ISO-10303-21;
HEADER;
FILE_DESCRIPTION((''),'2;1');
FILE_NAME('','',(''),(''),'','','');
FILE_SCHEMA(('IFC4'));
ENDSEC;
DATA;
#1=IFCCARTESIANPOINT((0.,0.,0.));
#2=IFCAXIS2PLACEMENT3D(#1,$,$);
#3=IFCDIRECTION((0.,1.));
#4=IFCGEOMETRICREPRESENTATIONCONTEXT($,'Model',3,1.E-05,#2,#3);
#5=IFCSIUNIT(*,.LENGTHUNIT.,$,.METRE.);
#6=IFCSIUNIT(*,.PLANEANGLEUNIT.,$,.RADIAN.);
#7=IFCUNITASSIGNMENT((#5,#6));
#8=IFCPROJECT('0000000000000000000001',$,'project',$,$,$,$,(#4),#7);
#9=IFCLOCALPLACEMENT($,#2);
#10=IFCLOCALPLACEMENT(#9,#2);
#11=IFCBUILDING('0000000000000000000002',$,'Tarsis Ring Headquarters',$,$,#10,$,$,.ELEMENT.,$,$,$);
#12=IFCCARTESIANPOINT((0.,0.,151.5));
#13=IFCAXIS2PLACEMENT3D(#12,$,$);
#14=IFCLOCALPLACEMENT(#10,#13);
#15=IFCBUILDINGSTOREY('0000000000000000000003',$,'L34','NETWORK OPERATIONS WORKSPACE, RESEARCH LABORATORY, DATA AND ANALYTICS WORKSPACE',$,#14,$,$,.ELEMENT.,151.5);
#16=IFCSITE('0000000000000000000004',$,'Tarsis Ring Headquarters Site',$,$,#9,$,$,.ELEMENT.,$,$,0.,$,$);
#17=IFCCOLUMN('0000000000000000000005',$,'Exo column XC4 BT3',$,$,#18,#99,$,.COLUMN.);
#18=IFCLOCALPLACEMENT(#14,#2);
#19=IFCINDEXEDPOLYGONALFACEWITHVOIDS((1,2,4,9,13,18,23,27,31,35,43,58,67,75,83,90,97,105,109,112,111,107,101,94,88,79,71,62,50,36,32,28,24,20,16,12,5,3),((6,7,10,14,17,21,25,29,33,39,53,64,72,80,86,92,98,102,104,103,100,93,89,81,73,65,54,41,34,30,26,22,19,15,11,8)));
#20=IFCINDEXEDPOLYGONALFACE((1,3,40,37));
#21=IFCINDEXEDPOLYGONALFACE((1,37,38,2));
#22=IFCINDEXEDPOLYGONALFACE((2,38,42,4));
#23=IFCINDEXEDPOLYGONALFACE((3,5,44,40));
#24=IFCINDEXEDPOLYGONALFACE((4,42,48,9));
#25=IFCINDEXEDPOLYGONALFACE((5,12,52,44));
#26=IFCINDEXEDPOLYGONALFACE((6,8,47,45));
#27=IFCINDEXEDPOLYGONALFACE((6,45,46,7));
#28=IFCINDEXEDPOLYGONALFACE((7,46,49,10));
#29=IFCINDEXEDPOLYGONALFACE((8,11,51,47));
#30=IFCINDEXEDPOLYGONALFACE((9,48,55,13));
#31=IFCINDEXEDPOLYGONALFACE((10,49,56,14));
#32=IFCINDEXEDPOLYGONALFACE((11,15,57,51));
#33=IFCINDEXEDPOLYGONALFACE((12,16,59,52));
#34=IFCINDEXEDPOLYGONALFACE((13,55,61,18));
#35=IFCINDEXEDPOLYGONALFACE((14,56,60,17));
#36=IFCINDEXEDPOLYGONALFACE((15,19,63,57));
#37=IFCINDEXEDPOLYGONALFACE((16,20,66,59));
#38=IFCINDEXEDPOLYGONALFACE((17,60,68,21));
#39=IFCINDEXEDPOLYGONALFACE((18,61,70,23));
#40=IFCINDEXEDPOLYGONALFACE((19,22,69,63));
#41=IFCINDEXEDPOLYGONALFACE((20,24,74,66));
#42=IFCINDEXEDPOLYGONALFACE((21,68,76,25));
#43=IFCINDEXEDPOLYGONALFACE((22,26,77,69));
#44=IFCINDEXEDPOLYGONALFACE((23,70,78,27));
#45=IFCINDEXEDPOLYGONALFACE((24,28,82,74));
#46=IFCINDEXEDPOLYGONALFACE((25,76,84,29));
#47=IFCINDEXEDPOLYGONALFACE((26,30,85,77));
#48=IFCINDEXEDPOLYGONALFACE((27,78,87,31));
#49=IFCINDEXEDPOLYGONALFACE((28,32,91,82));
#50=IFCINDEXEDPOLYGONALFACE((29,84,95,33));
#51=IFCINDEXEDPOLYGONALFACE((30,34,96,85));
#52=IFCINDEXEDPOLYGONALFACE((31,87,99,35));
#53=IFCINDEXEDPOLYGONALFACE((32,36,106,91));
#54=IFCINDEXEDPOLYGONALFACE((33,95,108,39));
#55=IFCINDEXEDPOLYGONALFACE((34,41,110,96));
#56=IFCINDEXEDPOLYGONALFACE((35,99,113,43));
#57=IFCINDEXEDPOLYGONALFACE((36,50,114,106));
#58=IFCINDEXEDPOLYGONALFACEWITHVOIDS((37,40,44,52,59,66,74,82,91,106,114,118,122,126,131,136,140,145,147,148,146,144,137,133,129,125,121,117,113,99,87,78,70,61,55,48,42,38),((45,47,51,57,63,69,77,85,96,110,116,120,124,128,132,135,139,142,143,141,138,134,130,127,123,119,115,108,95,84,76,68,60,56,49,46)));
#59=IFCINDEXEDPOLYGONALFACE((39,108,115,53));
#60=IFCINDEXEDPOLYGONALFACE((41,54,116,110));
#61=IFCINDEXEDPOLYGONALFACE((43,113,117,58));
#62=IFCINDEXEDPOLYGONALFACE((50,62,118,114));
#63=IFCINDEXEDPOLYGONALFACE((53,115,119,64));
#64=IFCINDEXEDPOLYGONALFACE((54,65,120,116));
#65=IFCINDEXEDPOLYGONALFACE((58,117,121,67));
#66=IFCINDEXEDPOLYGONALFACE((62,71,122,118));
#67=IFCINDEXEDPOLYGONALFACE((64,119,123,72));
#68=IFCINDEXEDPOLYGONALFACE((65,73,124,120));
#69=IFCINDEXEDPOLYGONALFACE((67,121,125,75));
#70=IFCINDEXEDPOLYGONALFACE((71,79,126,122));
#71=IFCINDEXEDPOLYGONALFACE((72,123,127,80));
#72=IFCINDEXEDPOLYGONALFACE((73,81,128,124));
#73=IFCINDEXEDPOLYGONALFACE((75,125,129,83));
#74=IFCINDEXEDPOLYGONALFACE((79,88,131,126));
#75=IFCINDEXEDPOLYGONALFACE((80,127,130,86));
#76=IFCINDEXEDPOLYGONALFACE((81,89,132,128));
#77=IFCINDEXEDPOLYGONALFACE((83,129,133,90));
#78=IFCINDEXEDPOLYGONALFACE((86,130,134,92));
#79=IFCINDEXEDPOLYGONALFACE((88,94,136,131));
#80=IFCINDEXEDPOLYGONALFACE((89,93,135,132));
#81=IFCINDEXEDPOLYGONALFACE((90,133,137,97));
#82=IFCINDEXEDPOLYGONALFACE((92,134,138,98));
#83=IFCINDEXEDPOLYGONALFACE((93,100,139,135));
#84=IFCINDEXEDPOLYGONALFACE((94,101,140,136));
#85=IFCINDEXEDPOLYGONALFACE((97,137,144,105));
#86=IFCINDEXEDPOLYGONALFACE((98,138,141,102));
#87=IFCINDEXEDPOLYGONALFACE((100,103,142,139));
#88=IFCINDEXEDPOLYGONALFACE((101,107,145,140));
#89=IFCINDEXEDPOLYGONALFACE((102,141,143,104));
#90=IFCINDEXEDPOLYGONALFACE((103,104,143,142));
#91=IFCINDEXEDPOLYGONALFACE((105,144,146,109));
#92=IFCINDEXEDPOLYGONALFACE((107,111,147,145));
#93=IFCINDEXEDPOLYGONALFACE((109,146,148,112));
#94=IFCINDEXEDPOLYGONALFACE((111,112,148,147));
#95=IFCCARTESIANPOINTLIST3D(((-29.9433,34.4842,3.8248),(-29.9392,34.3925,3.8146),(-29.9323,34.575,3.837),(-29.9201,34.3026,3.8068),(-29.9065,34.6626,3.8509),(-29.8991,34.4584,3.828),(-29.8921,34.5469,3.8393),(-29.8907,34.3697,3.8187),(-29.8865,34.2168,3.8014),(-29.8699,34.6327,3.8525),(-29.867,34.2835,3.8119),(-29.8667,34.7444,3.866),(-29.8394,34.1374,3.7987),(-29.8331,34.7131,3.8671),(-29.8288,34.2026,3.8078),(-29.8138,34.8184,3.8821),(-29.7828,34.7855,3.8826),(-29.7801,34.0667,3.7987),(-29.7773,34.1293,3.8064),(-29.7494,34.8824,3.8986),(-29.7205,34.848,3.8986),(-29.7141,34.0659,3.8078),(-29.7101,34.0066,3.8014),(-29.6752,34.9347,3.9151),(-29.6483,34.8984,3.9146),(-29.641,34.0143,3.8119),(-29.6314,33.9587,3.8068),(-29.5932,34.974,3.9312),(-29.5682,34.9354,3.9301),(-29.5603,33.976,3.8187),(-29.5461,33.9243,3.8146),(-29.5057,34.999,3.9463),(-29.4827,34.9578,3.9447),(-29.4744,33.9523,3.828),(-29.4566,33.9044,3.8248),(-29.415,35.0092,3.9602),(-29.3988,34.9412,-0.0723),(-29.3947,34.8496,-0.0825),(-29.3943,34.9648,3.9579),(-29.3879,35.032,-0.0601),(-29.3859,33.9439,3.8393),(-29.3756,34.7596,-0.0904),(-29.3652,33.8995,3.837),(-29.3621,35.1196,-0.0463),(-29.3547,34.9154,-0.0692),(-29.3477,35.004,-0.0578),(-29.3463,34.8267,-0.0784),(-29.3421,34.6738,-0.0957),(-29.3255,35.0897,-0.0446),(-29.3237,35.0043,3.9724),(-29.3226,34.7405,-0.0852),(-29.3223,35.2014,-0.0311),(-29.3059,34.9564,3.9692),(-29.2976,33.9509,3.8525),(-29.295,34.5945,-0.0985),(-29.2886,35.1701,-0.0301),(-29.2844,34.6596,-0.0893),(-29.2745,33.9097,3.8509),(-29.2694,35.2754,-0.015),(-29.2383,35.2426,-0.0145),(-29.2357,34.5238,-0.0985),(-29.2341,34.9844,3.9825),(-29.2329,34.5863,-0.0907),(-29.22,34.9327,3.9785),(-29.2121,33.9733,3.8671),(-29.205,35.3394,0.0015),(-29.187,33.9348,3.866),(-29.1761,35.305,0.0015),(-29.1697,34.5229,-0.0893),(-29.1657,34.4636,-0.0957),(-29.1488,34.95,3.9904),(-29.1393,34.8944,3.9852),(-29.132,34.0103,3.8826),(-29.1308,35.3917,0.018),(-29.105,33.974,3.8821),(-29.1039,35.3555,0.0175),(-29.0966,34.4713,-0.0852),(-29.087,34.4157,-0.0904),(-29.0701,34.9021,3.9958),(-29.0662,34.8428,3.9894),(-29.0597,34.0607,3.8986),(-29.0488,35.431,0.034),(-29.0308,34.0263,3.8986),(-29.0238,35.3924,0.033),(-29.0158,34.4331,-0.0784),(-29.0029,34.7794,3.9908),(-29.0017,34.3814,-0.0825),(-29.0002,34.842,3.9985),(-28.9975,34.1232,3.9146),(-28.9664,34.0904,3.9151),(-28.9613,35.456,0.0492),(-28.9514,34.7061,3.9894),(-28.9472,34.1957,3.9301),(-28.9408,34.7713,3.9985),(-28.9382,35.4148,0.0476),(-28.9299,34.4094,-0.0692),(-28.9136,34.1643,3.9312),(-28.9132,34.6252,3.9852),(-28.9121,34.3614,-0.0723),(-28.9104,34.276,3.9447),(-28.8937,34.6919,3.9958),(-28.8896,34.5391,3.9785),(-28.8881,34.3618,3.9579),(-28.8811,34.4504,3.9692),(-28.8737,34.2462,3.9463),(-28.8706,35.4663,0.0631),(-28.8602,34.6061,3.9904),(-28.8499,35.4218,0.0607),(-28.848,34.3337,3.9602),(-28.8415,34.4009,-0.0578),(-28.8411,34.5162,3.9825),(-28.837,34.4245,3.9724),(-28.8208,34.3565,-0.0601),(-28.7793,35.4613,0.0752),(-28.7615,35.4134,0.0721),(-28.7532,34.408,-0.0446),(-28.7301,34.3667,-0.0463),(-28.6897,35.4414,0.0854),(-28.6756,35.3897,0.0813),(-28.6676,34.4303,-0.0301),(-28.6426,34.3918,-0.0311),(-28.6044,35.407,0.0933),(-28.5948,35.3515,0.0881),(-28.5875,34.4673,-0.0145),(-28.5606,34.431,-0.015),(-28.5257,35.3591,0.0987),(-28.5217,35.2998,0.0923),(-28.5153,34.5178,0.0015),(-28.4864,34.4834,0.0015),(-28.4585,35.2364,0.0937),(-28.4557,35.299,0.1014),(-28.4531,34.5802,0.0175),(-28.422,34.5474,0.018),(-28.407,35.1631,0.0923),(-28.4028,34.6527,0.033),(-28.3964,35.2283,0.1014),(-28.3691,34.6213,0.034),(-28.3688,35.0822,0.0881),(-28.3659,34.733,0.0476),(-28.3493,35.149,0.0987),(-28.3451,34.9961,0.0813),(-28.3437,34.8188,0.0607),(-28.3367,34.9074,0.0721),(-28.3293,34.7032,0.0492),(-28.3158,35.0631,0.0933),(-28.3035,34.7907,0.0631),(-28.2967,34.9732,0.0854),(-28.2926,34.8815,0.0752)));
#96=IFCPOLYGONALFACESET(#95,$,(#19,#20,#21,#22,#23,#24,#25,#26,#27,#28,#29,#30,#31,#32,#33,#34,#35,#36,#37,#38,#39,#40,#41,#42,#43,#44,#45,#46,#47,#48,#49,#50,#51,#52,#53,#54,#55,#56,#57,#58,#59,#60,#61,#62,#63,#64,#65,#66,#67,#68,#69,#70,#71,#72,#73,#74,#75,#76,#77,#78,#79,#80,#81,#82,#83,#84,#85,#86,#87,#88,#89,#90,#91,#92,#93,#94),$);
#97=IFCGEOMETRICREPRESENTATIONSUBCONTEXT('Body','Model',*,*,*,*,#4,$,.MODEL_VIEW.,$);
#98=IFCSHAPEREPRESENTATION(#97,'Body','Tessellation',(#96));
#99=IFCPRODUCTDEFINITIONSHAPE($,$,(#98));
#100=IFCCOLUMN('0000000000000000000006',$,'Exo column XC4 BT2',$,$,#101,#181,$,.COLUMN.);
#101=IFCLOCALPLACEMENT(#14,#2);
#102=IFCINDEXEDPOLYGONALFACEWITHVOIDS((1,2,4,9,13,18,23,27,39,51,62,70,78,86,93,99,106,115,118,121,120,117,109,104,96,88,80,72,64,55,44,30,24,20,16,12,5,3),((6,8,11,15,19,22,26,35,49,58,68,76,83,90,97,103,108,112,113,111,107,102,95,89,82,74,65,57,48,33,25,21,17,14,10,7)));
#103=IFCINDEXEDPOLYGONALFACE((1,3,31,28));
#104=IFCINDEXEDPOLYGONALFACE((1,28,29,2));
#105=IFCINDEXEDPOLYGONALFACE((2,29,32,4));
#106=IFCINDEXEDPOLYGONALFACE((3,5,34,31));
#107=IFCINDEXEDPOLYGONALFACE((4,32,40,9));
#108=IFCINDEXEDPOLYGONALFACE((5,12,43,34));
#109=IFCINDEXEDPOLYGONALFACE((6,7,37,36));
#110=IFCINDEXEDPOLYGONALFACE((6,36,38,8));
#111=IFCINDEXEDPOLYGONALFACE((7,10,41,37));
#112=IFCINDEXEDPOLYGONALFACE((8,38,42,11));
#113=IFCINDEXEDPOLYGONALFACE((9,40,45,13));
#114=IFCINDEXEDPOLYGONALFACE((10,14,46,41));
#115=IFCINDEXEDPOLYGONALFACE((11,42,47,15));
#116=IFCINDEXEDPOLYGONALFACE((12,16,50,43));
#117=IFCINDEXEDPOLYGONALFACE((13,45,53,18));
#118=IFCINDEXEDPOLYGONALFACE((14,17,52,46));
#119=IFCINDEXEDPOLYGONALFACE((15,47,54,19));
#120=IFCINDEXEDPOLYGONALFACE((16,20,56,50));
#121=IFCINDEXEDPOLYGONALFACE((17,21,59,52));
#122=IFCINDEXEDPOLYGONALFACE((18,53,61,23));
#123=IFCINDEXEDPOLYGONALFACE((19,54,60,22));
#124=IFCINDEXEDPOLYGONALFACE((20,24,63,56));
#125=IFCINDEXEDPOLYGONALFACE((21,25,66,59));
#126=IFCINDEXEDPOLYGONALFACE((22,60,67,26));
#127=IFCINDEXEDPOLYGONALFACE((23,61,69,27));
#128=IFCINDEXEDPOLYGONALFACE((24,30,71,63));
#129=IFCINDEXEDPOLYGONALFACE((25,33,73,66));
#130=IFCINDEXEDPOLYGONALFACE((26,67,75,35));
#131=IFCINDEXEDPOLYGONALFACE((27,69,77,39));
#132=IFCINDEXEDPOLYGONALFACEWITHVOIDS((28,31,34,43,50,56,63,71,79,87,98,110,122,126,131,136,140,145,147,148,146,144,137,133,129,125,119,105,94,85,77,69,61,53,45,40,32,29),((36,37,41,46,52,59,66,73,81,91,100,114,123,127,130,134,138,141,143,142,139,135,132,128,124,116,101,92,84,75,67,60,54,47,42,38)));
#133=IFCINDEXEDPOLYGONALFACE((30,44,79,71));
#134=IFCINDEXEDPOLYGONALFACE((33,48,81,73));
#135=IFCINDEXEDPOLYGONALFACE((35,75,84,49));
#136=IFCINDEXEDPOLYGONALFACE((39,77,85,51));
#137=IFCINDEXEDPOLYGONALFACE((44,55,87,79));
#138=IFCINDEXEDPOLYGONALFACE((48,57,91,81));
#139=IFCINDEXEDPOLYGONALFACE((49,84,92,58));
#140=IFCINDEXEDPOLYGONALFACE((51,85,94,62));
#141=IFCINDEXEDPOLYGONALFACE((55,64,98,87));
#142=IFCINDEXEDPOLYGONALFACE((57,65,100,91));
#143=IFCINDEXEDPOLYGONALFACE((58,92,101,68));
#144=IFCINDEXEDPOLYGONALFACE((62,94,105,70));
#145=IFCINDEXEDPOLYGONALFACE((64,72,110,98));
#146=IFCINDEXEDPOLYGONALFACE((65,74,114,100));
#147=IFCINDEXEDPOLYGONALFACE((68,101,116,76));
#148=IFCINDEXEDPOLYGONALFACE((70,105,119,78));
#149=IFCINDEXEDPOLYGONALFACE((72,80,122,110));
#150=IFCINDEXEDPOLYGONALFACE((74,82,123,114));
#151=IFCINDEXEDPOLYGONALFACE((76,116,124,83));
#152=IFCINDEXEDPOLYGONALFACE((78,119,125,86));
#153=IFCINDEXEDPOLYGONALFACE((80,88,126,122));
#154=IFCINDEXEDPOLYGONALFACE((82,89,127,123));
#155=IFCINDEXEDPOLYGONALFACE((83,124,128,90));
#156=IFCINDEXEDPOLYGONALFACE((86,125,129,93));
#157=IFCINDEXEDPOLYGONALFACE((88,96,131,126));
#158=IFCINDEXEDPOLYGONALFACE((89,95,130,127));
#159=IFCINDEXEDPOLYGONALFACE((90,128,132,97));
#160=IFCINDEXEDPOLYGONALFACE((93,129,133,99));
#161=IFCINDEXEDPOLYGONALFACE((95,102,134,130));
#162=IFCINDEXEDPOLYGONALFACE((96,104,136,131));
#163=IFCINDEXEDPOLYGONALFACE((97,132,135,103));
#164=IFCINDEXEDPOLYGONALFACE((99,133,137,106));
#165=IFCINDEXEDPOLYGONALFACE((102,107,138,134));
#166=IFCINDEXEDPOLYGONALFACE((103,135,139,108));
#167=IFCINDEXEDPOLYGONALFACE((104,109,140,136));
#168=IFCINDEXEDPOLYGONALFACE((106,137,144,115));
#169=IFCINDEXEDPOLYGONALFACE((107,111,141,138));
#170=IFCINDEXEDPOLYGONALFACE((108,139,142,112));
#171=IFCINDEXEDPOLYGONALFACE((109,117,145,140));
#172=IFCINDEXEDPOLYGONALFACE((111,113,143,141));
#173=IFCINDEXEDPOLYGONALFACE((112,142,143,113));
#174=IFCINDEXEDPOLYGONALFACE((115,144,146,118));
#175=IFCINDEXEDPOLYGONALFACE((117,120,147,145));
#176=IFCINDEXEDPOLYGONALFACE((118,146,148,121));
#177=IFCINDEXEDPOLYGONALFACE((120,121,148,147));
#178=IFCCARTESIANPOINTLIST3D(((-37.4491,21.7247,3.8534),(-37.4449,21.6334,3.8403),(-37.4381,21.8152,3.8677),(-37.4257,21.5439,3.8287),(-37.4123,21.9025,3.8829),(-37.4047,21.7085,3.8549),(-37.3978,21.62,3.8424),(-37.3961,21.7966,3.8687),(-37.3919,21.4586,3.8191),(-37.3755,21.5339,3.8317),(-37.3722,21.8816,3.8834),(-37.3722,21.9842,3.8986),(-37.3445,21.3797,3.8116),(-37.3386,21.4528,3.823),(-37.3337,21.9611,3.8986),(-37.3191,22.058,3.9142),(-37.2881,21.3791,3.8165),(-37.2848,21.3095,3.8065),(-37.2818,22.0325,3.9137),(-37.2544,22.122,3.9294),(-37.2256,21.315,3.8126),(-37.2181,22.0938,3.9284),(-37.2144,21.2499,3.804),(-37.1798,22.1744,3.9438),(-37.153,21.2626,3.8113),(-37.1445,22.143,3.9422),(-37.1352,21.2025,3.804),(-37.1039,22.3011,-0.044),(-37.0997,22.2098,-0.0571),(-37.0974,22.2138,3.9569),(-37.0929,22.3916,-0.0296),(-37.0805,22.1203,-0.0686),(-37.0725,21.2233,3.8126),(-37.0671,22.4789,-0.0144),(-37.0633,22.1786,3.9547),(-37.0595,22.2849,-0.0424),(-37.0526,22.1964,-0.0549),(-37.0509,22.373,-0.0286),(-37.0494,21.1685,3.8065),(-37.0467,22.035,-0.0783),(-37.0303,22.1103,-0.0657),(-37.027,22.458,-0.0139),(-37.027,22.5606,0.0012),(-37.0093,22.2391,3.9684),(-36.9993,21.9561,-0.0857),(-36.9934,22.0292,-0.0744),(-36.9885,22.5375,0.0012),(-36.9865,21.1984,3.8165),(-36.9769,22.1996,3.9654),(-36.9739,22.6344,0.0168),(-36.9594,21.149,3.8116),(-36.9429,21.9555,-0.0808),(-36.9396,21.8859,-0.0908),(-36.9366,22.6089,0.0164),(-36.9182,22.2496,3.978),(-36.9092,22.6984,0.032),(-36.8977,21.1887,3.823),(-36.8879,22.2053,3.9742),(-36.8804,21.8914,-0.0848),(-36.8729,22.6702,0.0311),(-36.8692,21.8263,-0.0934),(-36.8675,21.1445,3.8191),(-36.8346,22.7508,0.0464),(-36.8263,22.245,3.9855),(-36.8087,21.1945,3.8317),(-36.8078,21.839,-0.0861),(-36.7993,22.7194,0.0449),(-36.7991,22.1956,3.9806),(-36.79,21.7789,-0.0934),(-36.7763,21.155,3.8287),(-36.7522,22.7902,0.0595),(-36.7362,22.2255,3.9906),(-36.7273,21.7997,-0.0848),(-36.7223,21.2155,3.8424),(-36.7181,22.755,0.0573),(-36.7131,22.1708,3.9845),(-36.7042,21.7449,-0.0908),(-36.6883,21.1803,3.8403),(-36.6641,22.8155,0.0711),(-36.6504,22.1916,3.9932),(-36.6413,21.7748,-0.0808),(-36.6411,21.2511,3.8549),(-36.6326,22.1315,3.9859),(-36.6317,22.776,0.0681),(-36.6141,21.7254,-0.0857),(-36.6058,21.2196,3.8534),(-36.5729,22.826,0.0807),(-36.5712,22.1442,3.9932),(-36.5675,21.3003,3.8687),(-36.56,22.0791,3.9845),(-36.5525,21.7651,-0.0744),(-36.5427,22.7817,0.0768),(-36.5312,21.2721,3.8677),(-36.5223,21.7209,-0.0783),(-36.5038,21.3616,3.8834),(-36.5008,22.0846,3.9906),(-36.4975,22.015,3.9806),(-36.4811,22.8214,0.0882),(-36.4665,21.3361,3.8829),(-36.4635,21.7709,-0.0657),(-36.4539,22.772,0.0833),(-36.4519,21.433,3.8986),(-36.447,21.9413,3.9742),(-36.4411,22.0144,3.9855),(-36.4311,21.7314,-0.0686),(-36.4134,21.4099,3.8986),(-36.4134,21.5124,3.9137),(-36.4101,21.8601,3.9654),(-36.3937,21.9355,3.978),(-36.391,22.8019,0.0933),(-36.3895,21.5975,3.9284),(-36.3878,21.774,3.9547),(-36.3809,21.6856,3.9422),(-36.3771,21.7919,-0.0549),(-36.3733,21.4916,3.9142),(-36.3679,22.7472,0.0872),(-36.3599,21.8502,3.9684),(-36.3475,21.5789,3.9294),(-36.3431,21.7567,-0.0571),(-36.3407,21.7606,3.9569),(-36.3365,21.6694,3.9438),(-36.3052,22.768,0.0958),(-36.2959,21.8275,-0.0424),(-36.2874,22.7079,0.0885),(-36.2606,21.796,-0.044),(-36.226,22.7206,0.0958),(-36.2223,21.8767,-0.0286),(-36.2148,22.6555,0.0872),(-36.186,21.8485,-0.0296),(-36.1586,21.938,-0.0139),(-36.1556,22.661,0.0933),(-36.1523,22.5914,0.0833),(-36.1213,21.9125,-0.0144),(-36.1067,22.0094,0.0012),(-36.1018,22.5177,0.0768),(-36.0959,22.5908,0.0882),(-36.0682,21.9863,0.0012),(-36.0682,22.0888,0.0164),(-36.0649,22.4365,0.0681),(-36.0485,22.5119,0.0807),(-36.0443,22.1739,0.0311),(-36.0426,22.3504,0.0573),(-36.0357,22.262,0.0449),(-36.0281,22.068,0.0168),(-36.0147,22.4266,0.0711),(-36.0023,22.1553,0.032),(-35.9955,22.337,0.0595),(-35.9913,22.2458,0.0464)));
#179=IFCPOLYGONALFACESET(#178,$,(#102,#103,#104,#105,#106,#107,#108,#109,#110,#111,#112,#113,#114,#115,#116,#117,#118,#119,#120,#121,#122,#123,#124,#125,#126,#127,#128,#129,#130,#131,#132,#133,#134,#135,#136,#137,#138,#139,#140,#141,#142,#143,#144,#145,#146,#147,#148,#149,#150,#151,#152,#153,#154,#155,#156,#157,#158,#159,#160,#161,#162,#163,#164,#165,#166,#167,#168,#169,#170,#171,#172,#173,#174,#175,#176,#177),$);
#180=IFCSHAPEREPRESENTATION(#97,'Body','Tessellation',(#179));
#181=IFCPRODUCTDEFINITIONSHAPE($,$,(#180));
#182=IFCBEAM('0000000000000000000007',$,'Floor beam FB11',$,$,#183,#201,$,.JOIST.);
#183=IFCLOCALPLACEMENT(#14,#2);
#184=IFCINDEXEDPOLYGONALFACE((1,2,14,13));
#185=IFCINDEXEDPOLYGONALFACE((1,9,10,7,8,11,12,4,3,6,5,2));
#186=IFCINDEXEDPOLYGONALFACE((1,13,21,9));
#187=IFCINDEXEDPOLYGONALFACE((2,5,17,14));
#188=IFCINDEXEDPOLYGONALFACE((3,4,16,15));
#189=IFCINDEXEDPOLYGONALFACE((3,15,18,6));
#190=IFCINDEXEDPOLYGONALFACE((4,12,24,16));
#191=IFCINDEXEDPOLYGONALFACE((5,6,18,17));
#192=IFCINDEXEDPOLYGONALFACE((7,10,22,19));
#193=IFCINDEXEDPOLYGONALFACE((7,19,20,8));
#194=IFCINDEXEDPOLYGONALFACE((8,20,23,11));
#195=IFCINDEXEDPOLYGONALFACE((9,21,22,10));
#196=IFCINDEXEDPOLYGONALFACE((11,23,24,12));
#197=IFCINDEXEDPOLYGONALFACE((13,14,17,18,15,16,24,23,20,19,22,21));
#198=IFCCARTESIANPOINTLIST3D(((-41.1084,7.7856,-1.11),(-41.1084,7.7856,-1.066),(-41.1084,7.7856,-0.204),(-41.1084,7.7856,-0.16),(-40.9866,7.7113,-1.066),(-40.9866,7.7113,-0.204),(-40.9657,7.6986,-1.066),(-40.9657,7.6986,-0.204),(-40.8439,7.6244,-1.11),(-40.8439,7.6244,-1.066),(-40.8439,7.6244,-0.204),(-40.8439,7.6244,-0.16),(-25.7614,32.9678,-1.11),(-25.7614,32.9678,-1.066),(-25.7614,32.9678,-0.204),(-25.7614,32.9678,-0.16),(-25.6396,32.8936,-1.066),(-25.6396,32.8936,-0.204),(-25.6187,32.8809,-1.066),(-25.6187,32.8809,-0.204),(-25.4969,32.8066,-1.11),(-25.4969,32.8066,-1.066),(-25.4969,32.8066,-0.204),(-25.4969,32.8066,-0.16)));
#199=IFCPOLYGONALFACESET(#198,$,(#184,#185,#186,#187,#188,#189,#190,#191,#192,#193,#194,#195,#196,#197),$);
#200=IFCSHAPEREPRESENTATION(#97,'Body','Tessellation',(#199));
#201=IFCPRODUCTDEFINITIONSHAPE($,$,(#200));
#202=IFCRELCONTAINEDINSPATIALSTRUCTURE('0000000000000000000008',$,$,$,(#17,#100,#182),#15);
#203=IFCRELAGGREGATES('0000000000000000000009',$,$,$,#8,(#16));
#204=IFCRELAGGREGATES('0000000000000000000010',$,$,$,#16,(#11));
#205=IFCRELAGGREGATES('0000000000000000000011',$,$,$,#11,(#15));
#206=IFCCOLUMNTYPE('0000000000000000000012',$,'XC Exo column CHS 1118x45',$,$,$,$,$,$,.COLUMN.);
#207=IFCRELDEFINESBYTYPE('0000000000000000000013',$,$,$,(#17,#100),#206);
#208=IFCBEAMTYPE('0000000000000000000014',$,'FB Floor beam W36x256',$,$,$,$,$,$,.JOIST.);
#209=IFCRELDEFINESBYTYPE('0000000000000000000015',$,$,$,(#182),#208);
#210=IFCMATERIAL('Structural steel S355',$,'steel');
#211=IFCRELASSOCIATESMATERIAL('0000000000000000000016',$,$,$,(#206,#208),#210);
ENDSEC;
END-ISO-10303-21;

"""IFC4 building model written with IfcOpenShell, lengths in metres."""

from ifc_helpers import new_model, si_unit, direction, frame, origin, origin_2d, place, context, subcontext, project, spatial, hollow_circle, i_section, extrude, material, material_profile, profile_set, type_object, element, save


model = new_model("IFC4")

# Units and contexts
model_context = context("Model", 3, precision=1e-05, world=origin(), true_north=direction((0.0, 1.0)))
body_context = subcontext(model_context, "Body", "Model", "MODEL_VIEW")
ifc_project = project(units=[si_unit("LENGTHUNIT", "METRE"), si_unit("PLANEANGLEUNIT", "RADIAN")], contexts=[model_context])

# Site, building, storey
site_placement = place(None, origin())
site = spatial("IfcSite", under=ifc_project, at=site_placement, Name="Tarsis Ring Headquarters Site", CompositionType="ELEMENT", RefElevation=0.0)
building_placement = place(site_placement, origin())
building = spatial("IfcBuilding", under=site, at=building_placement, Name="Tarsis Ring Headquarters", CompositionType="ELEMENT")
storey_placement = place(building_placement, frame((0.0, 0.0, 151.5)))
storey = spatial("IfcBuildingStorey", under=building, at=storey_placement, Name="L34", Description="NETWORK OPERATIONS WORKSPACE, RESEARCH LABORATORY, DATA AND ANALYTICS WORKSPACE", CompositionType="ELEMENT", Elevation=151.5)

# Columns
ifc_material_1 = material(Name="Structural steel S355", Category="steel")
ifc_material_profile_1 = material_profile(ifc_material_1, hollow_circle(Radius=0.5588, WallThickness=0.0449, at=origin_2d()), Name="CHS 1118x45")
ifc_profile_set_1 = profile_set([ifc_material_profile_1], Name="Structural steel S355")
column_type = type_object("IfcColumnType", Name="XC Exo column CHS 1118x45", PredefinedType="COLUMN", material=ifc_profile_set_1)
column_1_placement = place(storey_placement, frame((-28.8457, 34.9114, 0.0015), z_axis=(-0.137431, -0.115368, 0.98377), x_axis=(0.64295, -0.765908, 0.0)))
element("IfcColumn", 1, at=column_1_placement, inside=storey, type_object=column_type, Name="Exo column XC4 BT3", PredefinedType="COLUMN", context=body_context, shape_type="SweptSolid", body=[
    extrude(hollow_circle(Radius=0.5588, WallThickness=0.0449, at=origin_2d()), origin(), (0.0, 0.0, 1.0), 3.9614),
])
column_2_placement = place(storey_placement, frame((-36.5476, 22.2734, 0.0012), z_axis=(-0.087287, -0.145745, 0.985464), x_axis=(0.857909, -0.513801, 0.0)))
element("IfcColumn", 2, at=column_2_placement, inside=storey, type_object=column_type, Name="Exo column XC4 BT2", PredefinedType="COLUMN", context=body_context, shape_type="SweptSolid", body=[
    extrude(hollow_circle(Radius=0.5588, WallThickness=0.0449, at=origin_2d()), origin(), (0.0, 0.0, 1.0), 3.9548),
])

# Beam
ifc_material_profile_2 = material_profile(ifc_material_1, i_section(OverallWidth=0.3098, OverallDepth=0.95, WebThickness=0.0244, FlangeThickness=0.0439, at=origin_2d()), Name="W36x256")
ifc_profile_set_2 = profile_set([ifc_material_profile_2], Name="Structural steel S355")
beam_type_1 = type_object("IfcBeamType", Name="FB Floor beam W36x256", PredefinedType="JOIST", material=ifc_profile_set_2)
beam_placement = place(storey_placement, frame((-25.6292, 32.8872, -0.635), z_axis=(-0.520409, -0.853917, 0.0), x_axis=(0.853917, -0.520409, 0.0)))
element("IfcBeam", 3, at=beam_placement, inside=storey, type_object=beam_type_1, Name="Floor beam FB11", PredefinedType="JOIST", context=body_context, shape_type="SweptSolid", body=[
    extrude(i_section(OverallWidth=0.3098, OverallDepth=0.95, WebThickness=0.0244, FlangeThickness=0.0439, at=origin_2d()), origin(), (0.0, 0.0, 1.0), 29.4902),
])

save(model, "model.ifc")
